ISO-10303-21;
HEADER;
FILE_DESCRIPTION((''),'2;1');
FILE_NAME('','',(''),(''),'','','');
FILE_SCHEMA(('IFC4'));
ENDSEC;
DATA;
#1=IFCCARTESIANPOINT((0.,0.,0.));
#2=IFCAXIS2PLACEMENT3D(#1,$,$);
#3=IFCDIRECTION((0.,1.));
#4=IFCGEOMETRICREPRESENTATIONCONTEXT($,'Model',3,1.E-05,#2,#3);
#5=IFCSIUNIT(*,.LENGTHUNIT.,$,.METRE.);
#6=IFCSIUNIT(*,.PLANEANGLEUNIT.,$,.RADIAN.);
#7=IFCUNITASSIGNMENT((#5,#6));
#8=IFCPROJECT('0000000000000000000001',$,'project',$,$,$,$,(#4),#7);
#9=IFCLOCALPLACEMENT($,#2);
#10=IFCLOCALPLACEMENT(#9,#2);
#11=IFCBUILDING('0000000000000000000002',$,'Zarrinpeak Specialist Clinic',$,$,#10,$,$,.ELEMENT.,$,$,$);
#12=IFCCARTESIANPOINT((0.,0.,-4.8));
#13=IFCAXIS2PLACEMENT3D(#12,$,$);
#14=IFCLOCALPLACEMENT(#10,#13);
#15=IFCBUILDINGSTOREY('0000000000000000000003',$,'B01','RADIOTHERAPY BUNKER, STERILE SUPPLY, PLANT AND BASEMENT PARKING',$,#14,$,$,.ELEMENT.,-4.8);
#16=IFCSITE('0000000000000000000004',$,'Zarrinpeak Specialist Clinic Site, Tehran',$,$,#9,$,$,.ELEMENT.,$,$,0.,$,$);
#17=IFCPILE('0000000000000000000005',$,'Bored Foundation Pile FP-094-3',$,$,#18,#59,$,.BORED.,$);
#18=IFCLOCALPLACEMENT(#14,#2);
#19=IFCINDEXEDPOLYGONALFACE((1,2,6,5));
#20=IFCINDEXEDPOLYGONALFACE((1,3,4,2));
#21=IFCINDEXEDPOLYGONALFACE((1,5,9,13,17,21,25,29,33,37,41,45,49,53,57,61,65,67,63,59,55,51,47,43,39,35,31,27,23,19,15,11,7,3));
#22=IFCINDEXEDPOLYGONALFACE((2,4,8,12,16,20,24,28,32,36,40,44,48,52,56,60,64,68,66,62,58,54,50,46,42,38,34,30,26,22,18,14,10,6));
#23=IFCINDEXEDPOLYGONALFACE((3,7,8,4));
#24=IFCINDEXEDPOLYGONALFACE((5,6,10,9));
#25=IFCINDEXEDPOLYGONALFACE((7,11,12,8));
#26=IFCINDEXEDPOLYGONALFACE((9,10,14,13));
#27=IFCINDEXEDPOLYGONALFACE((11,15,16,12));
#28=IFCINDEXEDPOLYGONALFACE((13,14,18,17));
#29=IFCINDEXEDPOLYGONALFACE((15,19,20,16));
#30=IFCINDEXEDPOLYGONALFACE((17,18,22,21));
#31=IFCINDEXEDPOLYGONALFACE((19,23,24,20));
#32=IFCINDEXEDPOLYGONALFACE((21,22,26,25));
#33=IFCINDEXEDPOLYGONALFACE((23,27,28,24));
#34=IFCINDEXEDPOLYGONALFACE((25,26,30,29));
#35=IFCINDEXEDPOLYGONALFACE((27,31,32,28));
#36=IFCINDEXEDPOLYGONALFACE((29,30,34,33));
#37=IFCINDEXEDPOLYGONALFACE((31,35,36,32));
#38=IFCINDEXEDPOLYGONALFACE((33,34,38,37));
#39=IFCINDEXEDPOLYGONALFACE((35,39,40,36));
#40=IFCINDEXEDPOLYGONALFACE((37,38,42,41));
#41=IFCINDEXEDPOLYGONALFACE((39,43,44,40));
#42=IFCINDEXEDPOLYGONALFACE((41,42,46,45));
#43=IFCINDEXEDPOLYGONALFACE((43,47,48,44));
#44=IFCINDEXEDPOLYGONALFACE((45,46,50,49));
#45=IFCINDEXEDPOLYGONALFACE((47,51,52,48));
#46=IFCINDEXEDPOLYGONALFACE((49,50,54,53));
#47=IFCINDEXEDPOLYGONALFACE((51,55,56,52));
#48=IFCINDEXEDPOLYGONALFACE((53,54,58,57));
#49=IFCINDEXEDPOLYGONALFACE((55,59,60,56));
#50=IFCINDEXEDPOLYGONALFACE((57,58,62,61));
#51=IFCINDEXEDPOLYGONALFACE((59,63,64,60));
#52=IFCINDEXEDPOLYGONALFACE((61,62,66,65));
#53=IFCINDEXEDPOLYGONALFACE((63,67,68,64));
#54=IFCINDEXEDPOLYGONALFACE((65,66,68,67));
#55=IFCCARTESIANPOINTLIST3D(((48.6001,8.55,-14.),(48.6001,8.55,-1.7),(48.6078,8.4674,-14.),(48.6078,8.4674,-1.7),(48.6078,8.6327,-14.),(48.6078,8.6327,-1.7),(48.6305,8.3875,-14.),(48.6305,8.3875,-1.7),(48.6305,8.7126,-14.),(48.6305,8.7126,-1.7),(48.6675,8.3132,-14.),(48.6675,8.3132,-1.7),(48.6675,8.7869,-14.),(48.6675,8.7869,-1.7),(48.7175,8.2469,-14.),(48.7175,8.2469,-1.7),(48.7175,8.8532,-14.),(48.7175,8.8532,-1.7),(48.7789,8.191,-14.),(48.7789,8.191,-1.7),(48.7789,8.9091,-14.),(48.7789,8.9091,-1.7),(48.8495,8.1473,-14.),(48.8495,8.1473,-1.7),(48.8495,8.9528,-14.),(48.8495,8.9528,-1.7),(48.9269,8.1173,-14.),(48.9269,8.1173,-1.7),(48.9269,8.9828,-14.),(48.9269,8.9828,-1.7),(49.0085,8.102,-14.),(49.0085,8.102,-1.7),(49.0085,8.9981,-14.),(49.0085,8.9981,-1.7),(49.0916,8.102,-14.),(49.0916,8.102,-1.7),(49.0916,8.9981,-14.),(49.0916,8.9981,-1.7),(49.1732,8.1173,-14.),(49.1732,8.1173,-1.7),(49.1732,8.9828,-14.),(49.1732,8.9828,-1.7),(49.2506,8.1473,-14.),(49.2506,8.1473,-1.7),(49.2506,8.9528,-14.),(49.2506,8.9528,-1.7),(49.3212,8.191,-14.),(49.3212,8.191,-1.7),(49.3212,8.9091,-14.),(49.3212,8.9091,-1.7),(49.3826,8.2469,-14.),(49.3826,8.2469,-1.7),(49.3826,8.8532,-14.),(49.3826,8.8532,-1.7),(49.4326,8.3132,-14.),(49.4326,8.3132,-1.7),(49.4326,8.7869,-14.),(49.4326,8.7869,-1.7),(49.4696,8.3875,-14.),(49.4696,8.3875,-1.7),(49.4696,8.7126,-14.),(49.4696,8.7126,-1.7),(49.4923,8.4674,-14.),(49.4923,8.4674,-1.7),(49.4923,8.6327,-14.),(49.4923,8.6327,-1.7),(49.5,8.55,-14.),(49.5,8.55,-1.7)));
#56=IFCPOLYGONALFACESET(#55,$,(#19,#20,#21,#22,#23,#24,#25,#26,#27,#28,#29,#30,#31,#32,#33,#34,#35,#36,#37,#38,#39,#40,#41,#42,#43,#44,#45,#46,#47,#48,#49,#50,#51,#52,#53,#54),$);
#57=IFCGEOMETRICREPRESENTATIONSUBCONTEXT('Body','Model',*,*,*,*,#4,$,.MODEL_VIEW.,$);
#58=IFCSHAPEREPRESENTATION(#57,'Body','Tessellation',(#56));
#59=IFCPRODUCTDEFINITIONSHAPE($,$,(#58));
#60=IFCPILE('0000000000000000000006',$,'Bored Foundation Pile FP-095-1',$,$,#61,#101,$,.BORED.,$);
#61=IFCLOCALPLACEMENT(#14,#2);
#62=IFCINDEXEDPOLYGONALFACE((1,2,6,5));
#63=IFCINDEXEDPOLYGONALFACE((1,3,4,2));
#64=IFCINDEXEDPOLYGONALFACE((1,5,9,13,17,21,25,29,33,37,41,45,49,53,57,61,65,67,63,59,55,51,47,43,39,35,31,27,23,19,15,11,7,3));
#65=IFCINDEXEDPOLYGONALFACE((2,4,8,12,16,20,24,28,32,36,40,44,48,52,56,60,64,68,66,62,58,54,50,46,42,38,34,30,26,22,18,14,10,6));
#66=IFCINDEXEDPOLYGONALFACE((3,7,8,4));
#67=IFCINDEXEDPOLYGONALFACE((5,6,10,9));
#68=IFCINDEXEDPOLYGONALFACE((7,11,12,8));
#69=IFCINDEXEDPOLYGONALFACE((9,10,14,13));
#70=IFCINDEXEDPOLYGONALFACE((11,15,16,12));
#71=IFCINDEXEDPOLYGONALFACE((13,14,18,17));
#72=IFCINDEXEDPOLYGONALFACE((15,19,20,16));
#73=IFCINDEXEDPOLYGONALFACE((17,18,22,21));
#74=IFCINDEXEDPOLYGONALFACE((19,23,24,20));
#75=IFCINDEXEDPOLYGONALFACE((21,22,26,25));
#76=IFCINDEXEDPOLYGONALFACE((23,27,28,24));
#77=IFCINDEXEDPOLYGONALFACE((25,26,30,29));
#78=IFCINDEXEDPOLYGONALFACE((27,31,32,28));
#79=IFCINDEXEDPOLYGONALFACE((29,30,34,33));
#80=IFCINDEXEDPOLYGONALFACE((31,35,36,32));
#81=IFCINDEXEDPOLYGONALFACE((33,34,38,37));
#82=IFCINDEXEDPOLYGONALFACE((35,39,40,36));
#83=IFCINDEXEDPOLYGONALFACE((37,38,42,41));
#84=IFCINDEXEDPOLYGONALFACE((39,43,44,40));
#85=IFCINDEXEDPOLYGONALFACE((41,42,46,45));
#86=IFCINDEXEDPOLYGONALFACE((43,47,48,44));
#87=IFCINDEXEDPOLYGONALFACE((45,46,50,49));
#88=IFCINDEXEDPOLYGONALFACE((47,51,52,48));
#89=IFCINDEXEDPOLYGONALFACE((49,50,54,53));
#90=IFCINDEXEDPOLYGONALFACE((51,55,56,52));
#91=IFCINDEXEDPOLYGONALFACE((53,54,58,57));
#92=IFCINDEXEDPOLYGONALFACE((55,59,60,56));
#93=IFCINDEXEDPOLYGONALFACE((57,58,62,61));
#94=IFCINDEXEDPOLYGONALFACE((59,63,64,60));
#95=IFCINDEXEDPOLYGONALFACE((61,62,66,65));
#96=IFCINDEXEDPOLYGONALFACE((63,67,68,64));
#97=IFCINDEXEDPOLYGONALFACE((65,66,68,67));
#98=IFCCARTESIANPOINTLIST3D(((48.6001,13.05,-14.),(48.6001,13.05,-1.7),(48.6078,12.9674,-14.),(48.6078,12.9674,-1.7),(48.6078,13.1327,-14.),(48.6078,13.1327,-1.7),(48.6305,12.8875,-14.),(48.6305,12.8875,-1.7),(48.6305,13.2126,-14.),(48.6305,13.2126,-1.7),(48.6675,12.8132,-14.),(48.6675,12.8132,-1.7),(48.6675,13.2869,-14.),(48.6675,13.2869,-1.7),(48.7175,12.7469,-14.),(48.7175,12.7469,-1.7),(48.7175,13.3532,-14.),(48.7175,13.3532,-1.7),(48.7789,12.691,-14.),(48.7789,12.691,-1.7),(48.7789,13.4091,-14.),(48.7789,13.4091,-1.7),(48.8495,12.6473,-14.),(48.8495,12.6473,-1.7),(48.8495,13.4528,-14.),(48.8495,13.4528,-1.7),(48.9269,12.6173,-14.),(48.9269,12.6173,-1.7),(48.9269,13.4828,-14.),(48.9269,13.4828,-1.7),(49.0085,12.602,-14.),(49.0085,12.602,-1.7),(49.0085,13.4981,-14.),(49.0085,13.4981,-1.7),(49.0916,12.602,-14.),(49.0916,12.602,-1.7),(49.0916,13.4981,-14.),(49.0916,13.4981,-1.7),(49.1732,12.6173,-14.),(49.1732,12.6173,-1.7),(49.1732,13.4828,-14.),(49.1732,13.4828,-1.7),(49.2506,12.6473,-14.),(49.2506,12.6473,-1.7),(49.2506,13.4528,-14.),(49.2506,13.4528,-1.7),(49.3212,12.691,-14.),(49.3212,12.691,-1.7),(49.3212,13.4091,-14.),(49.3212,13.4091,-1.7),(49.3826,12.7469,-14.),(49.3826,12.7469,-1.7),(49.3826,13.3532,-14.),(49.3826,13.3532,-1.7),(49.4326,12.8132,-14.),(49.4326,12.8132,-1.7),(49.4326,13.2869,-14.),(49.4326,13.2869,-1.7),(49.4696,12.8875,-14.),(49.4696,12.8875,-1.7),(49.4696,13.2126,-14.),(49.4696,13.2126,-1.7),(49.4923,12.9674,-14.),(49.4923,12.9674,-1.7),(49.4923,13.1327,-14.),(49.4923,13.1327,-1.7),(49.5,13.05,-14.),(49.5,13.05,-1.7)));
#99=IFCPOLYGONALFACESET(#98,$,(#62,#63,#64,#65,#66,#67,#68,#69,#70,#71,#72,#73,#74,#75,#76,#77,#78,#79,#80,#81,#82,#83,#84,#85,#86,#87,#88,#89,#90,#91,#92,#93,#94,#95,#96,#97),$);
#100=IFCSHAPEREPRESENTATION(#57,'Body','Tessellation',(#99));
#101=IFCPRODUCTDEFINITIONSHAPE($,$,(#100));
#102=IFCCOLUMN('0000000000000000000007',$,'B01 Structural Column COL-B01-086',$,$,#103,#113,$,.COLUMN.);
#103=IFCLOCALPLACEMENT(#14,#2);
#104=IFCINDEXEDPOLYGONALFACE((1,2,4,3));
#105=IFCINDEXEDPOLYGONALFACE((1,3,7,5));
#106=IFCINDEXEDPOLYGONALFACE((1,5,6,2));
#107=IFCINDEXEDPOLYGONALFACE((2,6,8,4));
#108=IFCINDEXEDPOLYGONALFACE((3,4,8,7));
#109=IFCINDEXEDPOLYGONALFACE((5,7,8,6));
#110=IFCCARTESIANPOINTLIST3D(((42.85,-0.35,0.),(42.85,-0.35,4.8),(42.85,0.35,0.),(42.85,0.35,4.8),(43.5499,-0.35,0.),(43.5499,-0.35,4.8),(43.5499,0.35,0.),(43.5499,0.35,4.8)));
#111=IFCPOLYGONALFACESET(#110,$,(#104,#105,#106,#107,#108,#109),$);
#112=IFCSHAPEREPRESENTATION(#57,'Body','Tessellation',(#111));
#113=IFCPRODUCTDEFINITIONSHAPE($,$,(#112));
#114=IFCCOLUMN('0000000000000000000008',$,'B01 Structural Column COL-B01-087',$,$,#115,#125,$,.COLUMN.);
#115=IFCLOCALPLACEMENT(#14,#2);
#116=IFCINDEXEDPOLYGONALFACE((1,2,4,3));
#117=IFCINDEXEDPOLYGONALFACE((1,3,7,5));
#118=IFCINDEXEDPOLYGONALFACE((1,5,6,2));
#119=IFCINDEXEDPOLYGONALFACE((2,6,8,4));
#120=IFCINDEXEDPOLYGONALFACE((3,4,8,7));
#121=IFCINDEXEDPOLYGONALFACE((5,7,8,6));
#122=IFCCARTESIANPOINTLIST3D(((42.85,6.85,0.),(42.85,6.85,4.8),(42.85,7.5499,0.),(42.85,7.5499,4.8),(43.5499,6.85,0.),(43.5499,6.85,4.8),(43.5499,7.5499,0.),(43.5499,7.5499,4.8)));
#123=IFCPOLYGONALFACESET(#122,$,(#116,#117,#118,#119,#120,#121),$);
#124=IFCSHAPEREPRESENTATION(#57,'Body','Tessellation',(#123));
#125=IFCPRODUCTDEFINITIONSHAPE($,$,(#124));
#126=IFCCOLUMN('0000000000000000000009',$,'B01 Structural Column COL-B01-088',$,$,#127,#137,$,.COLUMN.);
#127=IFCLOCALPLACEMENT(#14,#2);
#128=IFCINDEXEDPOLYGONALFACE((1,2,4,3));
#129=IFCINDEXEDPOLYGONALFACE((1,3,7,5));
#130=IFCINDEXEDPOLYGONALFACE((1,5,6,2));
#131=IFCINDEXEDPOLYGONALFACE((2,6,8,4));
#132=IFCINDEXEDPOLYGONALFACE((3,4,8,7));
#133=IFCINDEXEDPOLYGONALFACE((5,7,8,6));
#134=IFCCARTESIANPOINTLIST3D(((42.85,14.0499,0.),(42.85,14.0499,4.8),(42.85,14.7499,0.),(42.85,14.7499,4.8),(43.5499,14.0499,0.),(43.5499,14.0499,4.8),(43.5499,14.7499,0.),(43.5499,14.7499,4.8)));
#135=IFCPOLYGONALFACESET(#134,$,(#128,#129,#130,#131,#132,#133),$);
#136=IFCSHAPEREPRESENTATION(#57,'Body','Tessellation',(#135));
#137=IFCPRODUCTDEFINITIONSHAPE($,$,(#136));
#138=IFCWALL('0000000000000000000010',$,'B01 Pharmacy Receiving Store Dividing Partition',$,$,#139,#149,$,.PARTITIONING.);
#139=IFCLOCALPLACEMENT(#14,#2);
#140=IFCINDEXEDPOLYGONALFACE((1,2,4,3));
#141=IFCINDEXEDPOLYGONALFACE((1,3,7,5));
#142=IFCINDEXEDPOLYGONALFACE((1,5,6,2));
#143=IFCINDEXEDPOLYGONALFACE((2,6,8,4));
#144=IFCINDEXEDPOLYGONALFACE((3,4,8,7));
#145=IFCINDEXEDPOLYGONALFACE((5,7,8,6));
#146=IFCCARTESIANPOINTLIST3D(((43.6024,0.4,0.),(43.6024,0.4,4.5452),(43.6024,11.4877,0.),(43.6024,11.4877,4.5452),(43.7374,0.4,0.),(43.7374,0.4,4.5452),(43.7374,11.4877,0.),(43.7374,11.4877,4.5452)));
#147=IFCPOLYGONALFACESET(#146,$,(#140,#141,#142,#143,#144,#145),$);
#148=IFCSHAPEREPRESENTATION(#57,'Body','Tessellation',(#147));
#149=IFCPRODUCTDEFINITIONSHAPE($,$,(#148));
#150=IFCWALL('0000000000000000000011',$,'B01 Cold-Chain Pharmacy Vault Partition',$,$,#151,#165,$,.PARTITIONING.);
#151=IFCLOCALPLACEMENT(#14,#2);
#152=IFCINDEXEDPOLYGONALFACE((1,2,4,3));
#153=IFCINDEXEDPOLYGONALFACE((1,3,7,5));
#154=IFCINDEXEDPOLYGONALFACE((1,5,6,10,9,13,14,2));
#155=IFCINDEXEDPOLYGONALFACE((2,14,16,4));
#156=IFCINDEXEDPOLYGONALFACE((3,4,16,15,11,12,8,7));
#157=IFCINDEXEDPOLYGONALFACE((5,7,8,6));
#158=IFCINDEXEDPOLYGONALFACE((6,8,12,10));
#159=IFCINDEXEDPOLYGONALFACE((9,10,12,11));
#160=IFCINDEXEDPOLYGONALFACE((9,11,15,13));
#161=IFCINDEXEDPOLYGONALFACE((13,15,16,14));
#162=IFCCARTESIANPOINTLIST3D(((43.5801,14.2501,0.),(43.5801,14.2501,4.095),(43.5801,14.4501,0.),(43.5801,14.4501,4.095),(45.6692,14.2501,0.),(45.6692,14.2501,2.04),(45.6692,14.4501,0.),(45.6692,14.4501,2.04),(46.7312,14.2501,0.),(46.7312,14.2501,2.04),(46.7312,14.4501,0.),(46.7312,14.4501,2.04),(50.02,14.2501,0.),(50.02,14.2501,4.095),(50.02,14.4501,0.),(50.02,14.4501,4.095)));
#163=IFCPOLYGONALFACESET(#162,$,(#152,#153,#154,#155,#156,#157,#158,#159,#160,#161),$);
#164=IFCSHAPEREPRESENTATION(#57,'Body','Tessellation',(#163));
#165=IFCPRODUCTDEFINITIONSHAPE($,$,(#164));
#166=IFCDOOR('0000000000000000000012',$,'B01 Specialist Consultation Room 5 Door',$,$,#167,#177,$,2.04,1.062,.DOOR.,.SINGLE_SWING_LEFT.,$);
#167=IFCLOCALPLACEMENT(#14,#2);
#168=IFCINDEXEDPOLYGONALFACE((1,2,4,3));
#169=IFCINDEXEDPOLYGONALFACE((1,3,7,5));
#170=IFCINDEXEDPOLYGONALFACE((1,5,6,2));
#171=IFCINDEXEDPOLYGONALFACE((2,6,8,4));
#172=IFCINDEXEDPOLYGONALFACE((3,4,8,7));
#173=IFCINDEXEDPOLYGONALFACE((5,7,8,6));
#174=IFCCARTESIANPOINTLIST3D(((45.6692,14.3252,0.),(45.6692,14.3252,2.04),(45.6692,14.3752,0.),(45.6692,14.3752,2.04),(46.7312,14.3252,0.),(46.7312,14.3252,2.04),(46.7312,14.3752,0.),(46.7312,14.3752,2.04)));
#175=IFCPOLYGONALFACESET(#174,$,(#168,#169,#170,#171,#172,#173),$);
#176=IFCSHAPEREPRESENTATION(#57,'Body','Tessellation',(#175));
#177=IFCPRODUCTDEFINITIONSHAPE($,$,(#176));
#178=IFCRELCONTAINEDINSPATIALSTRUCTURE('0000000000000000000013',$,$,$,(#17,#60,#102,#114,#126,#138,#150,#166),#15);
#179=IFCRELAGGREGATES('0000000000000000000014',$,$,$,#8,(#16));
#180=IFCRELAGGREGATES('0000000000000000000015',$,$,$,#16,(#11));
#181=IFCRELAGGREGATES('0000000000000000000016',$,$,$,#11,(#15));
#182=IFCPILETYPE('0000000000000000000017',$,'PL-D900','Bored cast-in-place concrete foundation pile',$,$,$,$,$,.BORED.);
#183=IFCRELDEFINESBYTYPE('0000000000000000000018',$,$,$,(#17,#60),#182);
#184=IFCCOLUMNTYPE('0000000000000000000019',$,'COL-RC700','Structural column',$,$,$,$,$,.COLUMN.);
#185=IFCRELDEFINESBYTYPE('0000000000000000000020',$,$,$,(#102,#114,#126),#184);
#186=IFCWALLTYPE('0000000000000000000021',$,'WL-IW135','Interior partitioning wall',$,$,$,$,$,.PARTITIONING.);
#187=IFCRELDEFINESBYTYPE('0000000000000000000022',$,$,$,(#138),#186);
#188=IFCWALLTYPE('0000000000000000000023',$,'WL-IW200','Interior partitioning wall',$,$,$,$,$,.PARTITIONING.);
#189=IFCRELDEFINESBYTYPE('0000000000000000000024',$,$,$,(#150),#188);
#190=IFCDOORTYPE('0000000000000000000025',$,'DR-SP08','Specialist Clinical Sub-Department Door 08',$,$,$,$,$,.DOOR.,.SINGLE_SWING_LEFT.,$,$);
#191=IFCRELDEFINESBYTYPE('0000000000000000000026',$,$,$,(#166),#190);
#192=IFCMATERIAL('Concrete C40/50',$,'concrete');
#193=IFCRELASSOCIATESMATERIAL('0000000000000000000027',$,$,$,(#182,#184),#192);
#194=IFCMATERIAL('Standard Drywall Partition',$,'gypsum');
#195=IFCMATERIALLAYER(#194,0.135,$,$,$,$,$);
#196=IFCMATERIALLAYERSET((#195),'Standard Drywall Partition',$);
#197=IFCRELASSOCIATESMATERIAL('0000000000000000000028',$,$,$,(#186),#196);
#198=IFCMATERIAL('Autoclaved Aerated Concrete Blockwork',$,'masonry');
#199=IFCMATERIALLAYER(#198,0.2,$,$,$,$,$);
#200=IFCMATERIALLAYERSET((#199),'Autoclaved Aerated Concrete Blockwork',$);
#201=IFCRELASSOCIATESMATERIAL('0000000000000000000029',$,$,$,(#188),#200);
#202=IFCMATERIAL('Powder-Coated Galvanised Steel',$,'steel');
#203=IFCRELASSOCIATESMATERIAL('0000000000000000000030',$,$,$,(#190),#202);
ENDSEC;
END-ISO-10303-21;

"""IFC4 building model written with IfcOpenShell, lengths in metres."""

from ifc_helpers import new_model, si_unit, direction, frame, frame_2d, origin, origin_2d, place, context, subcontext, project, spatial, rectangle, circle, extrude, material, layer, layer_set, material_profile, profile_set, type_object, element, fill, save


model = new_model("IFC4")

# Units and contexts
model_context = context("Model", 3, precision=1e-05, world=origin(), true_north=direction((0.0, 1.0)))
body_context = subcontext(model_context, "Body", "Model", "MODEL_VIEW")
ifc_project = project(units=[si_unit("LENGTHUNIT", "METRE"), si_unit("PLANEANGLEUNIT", "RADIAN")], contexts=[model_context])

# Site, building, storey
site_placement = place(None, origin())
site = spatial("IfcSite", under=ifc_project, at=site_placement, Name="Zarrinpeak Specialist Clinic Site, Tehran", CompositionType="ELEMENT", RefElevation=0.0)
building_placement = place(site_placement, origin())
building = spatial("IfcBuilding", under=site, at=building_placement, Name="Zarrinpeak Specialist Clinic", CompositionType="ELEMENT")
storey_placement = place(building_placement, frame((0.0, 0.0, -4.8)))
storey = spatial("IfcBuildingStorey", under=building, at=storey_placement, Name="B01", Description="RADIOTHERAPY BUNKER, STERILE SUPPLY, PLANT AND BASEMENT PARKING", CompositionType="ELEMENT", Elevation=-4.8)

# Shared definitions
ifc_material_1 = material(Name="Concrete C40/50", Category="concrete")

# Piles
ifc_material_profile_1 = material_profile(ifc_material_1, circle(Radius=0.45, at=origin_2d()), Name="BORED PILE D900")
ifc_profile_set_1 = profile_set([ifc_material_profile_1], Name="Concrete C40/50")
pile_type = type_object("IfcPileType", Name="PL-D900", Description="Bored cast-in-place concrete foundation pile", PredefinedType="BORED", material=ifc_profile_set_1)
for number, where, z_axis, x_axis, name in (
    (1, (49.05, 8.55, -1.7), (0.0, 0.0, -1.0), (1.0, 0.0, 0.0), "Bored Foundation Pile FP-094-3"),
    (2, (49.05, 13.05, -1.7), (0.0, 0.0, -1.0), (1.0, 0.0, 0.0), "Bored Foundation Pile FP-095-1"),
):
    element("IfcPile", number, at=place(storey_placement, frame(where, z_axis=z_axis, x_axis=x_axis)), inside=storey, type_object=pile_type, Name=name, PredefinedType="BORED", context=body_context, shape_type="SweptSolid", body=[
        extrude(circle(Radius=0.45, at=origin_2d()), origin(), (0.0, 0.0, 1.0), 12.3),
    ])

# Columns
ifc_material_profile_2 = material_profile(ifc_material_1, rectangle(XDim=0.7, YDim=0.7, at=origin_2d()), Name="RC 700x700")
ifc_profile_set_2 = profile_set([ifc_material_profile_2], Name="Concrete C40/50")
column_type = type_object("IfcColumnType", Name="COL-RC700", Description="Structural column", PredefinedType="COLUMN", material=ifc_profile_set_2)
for number, where, z_axis, x_axis, name in (
    (3, (43.2, 0.0, 0.0), (0.0, 0.0, 1.0), (1.0, 0.0, 0.0), "B01 Structural Column COL-B01-086"),
    (4, (43.2, 7.2, 0.0), (0.0, 0.0, 1.0), (1.0, 0.0, 0.0), "B01 Structural Column COL-B01-087"),
    (5, (43.2, 14.3999, 0.0), (0.0, 0.0, 1.0), (1.0, 0.0, 0.0), "B01 Structural Column COL-B01-088"),
):
    element("IfcColumn", number, at=place(storey_placement, frame(where, z_axis=z_axis, x_axis=x_axis)), inside=storey, type_object=column_type, Name=name, PredefinedType="COLUMN", context=body_context, shape_type="SweptSolid", body=[
        extrude(rectangle(XDim=0.7, YDim=0.7, at=origin_2d()), origin(), (0.0, 0.0, 1.0), 4.8),
    ])

# Wall
ifc_material_2 = material(Name="Standard Drywall Partition", Category="gypsum")
ifc_layer_1 = layer(ifc_material_2, 0.135)
ifc_layer_set_1 = layer_set([ifc_layer_1], Name="Standard Drywall Partition")
wall_type_1 = type_object("IfcWallType", Name="WL-IW135", Description="Interior partitioning wall", PredefinedType="PARTITIONING", material=ifc_layer_set_1)
wall_1_placement = place(storey_placement, frame((43.6699, 0.3999, 0.0), z_axis=(0.0, 0.0, 1.0), x_axis=(0.0, 1.0, 0.0)))
element("IfcWall", 6, at=wall_1_placement, inside=storey, type_object=wall_type_1, Name="B01 Pharmacy Receiving Store Dividing Partition", PredefinedType="PARTITIONING", context=body_context, shape_type="SweptSolid", body=[
    extrude(rectangle(XDim=11.0876, YDim=0.135, at=frame_2d((5.5439, 0.0))), origin(), (0.0, 0.0, 1.0), 4.5452),
])

# Wall, opening, door
ifc_material_3 = material(Name="Autoclaved Aerated Concrete Blockwork", Category="masonry")
ifc_layer_2 = layer(ifc_material_3, 0.2)
ifc_layer_set_2 = layer_set([ifc_layer_2], Name="Autoclaved Aerated Concrete Blockwork")
wall_type_2 = type_object("IfcWallType", Name="WL-IW200", Description="Interior partitioning wall", PredefinedType="PARTITIONING", material=ifc_layer_set_2)
wall_2_placement = place(storey_placement, frame((43.5801, 14.3501, 0.0), z_axis=(0.0, 0.0, 1.0), x_axis=(1.0, 0.0, 0.0)))
wall_2 = element("IfcWall", 7, at=wall_2_placement, inside=storey, type_object=wall_type_2, Name="B01 Cold-Chain Pharmacy Vault Partition", PredefinedType="PARTITIONING", context=body_context, shape_type="SweptSolid", body=[
    extrude(rectangle(XDim=6.4399, YDim=0.2, at=frame_2d((3.22, 0.0))), origin(), (0.0, 0.0, 1.0), 4.095),
])
opening_placement = place(wall_2_placement, frame((2.0891, 0.0, 0.0)))
opening = element("IfcOpeningElement", 8, at=opening_placement, cuts=wall_2, PredefinedType="OPENING", context=body_context, shape_type="SweptSolid", body=[
    extrude(rectangle(XDim=1.062, YDim=2.04, at=frame_2d((0.531, 1.02))), frame((0.0, 0.1099, 0.0), z_axis=(0.0, -1.0, 0.0), x_axis=(1.0, 0.0, 0.0)), (0.0, 0.0, 1.0), 0.22),
])
ifc_material_4 = material(Name="Powder-Coated Galvanised Steel", Category="steel")
door_type = type_object("IfcDoorType", Name="DR-SP08", Description="Specialist Clinical Sub-Department Door 08", OperationType="SINGLE_SWING_LEFT", PredefinedType="DOOR", material=ifc_material_4)
door_placement = place(opening_placement, frame((1.062, 0.0, 0.0), z_axis=(0.0, 0.0, 1.0), x_axis=(-1.0, 0.0, 0.0)))
door = element("IfcDoor", 9, at=door_placement, inside=storey, type_object=door_type, Name="B01 Specialist Consultation Room 5 Door", OperationType="SINGLE_SWING_LEFT", OverallHeight=2.04, OverallWidth=1.062, PredefinedType="DOOR", context=body_context, shape_type="SweptSolid", body=[
    extrude(rectangle(XDim=1.062, YDim=2.04, at=frame_2d((0.531, 1.02))), frame((0.0, 0.0249, 0.0), z_axis=(0.0, -1.0, 0.0), x_axis=(1.0, 0.0, 0.0)), (0.0, 0.0, 1.0), 0.05),
])
fill(opening, door)

save(model, "model.ifc")
